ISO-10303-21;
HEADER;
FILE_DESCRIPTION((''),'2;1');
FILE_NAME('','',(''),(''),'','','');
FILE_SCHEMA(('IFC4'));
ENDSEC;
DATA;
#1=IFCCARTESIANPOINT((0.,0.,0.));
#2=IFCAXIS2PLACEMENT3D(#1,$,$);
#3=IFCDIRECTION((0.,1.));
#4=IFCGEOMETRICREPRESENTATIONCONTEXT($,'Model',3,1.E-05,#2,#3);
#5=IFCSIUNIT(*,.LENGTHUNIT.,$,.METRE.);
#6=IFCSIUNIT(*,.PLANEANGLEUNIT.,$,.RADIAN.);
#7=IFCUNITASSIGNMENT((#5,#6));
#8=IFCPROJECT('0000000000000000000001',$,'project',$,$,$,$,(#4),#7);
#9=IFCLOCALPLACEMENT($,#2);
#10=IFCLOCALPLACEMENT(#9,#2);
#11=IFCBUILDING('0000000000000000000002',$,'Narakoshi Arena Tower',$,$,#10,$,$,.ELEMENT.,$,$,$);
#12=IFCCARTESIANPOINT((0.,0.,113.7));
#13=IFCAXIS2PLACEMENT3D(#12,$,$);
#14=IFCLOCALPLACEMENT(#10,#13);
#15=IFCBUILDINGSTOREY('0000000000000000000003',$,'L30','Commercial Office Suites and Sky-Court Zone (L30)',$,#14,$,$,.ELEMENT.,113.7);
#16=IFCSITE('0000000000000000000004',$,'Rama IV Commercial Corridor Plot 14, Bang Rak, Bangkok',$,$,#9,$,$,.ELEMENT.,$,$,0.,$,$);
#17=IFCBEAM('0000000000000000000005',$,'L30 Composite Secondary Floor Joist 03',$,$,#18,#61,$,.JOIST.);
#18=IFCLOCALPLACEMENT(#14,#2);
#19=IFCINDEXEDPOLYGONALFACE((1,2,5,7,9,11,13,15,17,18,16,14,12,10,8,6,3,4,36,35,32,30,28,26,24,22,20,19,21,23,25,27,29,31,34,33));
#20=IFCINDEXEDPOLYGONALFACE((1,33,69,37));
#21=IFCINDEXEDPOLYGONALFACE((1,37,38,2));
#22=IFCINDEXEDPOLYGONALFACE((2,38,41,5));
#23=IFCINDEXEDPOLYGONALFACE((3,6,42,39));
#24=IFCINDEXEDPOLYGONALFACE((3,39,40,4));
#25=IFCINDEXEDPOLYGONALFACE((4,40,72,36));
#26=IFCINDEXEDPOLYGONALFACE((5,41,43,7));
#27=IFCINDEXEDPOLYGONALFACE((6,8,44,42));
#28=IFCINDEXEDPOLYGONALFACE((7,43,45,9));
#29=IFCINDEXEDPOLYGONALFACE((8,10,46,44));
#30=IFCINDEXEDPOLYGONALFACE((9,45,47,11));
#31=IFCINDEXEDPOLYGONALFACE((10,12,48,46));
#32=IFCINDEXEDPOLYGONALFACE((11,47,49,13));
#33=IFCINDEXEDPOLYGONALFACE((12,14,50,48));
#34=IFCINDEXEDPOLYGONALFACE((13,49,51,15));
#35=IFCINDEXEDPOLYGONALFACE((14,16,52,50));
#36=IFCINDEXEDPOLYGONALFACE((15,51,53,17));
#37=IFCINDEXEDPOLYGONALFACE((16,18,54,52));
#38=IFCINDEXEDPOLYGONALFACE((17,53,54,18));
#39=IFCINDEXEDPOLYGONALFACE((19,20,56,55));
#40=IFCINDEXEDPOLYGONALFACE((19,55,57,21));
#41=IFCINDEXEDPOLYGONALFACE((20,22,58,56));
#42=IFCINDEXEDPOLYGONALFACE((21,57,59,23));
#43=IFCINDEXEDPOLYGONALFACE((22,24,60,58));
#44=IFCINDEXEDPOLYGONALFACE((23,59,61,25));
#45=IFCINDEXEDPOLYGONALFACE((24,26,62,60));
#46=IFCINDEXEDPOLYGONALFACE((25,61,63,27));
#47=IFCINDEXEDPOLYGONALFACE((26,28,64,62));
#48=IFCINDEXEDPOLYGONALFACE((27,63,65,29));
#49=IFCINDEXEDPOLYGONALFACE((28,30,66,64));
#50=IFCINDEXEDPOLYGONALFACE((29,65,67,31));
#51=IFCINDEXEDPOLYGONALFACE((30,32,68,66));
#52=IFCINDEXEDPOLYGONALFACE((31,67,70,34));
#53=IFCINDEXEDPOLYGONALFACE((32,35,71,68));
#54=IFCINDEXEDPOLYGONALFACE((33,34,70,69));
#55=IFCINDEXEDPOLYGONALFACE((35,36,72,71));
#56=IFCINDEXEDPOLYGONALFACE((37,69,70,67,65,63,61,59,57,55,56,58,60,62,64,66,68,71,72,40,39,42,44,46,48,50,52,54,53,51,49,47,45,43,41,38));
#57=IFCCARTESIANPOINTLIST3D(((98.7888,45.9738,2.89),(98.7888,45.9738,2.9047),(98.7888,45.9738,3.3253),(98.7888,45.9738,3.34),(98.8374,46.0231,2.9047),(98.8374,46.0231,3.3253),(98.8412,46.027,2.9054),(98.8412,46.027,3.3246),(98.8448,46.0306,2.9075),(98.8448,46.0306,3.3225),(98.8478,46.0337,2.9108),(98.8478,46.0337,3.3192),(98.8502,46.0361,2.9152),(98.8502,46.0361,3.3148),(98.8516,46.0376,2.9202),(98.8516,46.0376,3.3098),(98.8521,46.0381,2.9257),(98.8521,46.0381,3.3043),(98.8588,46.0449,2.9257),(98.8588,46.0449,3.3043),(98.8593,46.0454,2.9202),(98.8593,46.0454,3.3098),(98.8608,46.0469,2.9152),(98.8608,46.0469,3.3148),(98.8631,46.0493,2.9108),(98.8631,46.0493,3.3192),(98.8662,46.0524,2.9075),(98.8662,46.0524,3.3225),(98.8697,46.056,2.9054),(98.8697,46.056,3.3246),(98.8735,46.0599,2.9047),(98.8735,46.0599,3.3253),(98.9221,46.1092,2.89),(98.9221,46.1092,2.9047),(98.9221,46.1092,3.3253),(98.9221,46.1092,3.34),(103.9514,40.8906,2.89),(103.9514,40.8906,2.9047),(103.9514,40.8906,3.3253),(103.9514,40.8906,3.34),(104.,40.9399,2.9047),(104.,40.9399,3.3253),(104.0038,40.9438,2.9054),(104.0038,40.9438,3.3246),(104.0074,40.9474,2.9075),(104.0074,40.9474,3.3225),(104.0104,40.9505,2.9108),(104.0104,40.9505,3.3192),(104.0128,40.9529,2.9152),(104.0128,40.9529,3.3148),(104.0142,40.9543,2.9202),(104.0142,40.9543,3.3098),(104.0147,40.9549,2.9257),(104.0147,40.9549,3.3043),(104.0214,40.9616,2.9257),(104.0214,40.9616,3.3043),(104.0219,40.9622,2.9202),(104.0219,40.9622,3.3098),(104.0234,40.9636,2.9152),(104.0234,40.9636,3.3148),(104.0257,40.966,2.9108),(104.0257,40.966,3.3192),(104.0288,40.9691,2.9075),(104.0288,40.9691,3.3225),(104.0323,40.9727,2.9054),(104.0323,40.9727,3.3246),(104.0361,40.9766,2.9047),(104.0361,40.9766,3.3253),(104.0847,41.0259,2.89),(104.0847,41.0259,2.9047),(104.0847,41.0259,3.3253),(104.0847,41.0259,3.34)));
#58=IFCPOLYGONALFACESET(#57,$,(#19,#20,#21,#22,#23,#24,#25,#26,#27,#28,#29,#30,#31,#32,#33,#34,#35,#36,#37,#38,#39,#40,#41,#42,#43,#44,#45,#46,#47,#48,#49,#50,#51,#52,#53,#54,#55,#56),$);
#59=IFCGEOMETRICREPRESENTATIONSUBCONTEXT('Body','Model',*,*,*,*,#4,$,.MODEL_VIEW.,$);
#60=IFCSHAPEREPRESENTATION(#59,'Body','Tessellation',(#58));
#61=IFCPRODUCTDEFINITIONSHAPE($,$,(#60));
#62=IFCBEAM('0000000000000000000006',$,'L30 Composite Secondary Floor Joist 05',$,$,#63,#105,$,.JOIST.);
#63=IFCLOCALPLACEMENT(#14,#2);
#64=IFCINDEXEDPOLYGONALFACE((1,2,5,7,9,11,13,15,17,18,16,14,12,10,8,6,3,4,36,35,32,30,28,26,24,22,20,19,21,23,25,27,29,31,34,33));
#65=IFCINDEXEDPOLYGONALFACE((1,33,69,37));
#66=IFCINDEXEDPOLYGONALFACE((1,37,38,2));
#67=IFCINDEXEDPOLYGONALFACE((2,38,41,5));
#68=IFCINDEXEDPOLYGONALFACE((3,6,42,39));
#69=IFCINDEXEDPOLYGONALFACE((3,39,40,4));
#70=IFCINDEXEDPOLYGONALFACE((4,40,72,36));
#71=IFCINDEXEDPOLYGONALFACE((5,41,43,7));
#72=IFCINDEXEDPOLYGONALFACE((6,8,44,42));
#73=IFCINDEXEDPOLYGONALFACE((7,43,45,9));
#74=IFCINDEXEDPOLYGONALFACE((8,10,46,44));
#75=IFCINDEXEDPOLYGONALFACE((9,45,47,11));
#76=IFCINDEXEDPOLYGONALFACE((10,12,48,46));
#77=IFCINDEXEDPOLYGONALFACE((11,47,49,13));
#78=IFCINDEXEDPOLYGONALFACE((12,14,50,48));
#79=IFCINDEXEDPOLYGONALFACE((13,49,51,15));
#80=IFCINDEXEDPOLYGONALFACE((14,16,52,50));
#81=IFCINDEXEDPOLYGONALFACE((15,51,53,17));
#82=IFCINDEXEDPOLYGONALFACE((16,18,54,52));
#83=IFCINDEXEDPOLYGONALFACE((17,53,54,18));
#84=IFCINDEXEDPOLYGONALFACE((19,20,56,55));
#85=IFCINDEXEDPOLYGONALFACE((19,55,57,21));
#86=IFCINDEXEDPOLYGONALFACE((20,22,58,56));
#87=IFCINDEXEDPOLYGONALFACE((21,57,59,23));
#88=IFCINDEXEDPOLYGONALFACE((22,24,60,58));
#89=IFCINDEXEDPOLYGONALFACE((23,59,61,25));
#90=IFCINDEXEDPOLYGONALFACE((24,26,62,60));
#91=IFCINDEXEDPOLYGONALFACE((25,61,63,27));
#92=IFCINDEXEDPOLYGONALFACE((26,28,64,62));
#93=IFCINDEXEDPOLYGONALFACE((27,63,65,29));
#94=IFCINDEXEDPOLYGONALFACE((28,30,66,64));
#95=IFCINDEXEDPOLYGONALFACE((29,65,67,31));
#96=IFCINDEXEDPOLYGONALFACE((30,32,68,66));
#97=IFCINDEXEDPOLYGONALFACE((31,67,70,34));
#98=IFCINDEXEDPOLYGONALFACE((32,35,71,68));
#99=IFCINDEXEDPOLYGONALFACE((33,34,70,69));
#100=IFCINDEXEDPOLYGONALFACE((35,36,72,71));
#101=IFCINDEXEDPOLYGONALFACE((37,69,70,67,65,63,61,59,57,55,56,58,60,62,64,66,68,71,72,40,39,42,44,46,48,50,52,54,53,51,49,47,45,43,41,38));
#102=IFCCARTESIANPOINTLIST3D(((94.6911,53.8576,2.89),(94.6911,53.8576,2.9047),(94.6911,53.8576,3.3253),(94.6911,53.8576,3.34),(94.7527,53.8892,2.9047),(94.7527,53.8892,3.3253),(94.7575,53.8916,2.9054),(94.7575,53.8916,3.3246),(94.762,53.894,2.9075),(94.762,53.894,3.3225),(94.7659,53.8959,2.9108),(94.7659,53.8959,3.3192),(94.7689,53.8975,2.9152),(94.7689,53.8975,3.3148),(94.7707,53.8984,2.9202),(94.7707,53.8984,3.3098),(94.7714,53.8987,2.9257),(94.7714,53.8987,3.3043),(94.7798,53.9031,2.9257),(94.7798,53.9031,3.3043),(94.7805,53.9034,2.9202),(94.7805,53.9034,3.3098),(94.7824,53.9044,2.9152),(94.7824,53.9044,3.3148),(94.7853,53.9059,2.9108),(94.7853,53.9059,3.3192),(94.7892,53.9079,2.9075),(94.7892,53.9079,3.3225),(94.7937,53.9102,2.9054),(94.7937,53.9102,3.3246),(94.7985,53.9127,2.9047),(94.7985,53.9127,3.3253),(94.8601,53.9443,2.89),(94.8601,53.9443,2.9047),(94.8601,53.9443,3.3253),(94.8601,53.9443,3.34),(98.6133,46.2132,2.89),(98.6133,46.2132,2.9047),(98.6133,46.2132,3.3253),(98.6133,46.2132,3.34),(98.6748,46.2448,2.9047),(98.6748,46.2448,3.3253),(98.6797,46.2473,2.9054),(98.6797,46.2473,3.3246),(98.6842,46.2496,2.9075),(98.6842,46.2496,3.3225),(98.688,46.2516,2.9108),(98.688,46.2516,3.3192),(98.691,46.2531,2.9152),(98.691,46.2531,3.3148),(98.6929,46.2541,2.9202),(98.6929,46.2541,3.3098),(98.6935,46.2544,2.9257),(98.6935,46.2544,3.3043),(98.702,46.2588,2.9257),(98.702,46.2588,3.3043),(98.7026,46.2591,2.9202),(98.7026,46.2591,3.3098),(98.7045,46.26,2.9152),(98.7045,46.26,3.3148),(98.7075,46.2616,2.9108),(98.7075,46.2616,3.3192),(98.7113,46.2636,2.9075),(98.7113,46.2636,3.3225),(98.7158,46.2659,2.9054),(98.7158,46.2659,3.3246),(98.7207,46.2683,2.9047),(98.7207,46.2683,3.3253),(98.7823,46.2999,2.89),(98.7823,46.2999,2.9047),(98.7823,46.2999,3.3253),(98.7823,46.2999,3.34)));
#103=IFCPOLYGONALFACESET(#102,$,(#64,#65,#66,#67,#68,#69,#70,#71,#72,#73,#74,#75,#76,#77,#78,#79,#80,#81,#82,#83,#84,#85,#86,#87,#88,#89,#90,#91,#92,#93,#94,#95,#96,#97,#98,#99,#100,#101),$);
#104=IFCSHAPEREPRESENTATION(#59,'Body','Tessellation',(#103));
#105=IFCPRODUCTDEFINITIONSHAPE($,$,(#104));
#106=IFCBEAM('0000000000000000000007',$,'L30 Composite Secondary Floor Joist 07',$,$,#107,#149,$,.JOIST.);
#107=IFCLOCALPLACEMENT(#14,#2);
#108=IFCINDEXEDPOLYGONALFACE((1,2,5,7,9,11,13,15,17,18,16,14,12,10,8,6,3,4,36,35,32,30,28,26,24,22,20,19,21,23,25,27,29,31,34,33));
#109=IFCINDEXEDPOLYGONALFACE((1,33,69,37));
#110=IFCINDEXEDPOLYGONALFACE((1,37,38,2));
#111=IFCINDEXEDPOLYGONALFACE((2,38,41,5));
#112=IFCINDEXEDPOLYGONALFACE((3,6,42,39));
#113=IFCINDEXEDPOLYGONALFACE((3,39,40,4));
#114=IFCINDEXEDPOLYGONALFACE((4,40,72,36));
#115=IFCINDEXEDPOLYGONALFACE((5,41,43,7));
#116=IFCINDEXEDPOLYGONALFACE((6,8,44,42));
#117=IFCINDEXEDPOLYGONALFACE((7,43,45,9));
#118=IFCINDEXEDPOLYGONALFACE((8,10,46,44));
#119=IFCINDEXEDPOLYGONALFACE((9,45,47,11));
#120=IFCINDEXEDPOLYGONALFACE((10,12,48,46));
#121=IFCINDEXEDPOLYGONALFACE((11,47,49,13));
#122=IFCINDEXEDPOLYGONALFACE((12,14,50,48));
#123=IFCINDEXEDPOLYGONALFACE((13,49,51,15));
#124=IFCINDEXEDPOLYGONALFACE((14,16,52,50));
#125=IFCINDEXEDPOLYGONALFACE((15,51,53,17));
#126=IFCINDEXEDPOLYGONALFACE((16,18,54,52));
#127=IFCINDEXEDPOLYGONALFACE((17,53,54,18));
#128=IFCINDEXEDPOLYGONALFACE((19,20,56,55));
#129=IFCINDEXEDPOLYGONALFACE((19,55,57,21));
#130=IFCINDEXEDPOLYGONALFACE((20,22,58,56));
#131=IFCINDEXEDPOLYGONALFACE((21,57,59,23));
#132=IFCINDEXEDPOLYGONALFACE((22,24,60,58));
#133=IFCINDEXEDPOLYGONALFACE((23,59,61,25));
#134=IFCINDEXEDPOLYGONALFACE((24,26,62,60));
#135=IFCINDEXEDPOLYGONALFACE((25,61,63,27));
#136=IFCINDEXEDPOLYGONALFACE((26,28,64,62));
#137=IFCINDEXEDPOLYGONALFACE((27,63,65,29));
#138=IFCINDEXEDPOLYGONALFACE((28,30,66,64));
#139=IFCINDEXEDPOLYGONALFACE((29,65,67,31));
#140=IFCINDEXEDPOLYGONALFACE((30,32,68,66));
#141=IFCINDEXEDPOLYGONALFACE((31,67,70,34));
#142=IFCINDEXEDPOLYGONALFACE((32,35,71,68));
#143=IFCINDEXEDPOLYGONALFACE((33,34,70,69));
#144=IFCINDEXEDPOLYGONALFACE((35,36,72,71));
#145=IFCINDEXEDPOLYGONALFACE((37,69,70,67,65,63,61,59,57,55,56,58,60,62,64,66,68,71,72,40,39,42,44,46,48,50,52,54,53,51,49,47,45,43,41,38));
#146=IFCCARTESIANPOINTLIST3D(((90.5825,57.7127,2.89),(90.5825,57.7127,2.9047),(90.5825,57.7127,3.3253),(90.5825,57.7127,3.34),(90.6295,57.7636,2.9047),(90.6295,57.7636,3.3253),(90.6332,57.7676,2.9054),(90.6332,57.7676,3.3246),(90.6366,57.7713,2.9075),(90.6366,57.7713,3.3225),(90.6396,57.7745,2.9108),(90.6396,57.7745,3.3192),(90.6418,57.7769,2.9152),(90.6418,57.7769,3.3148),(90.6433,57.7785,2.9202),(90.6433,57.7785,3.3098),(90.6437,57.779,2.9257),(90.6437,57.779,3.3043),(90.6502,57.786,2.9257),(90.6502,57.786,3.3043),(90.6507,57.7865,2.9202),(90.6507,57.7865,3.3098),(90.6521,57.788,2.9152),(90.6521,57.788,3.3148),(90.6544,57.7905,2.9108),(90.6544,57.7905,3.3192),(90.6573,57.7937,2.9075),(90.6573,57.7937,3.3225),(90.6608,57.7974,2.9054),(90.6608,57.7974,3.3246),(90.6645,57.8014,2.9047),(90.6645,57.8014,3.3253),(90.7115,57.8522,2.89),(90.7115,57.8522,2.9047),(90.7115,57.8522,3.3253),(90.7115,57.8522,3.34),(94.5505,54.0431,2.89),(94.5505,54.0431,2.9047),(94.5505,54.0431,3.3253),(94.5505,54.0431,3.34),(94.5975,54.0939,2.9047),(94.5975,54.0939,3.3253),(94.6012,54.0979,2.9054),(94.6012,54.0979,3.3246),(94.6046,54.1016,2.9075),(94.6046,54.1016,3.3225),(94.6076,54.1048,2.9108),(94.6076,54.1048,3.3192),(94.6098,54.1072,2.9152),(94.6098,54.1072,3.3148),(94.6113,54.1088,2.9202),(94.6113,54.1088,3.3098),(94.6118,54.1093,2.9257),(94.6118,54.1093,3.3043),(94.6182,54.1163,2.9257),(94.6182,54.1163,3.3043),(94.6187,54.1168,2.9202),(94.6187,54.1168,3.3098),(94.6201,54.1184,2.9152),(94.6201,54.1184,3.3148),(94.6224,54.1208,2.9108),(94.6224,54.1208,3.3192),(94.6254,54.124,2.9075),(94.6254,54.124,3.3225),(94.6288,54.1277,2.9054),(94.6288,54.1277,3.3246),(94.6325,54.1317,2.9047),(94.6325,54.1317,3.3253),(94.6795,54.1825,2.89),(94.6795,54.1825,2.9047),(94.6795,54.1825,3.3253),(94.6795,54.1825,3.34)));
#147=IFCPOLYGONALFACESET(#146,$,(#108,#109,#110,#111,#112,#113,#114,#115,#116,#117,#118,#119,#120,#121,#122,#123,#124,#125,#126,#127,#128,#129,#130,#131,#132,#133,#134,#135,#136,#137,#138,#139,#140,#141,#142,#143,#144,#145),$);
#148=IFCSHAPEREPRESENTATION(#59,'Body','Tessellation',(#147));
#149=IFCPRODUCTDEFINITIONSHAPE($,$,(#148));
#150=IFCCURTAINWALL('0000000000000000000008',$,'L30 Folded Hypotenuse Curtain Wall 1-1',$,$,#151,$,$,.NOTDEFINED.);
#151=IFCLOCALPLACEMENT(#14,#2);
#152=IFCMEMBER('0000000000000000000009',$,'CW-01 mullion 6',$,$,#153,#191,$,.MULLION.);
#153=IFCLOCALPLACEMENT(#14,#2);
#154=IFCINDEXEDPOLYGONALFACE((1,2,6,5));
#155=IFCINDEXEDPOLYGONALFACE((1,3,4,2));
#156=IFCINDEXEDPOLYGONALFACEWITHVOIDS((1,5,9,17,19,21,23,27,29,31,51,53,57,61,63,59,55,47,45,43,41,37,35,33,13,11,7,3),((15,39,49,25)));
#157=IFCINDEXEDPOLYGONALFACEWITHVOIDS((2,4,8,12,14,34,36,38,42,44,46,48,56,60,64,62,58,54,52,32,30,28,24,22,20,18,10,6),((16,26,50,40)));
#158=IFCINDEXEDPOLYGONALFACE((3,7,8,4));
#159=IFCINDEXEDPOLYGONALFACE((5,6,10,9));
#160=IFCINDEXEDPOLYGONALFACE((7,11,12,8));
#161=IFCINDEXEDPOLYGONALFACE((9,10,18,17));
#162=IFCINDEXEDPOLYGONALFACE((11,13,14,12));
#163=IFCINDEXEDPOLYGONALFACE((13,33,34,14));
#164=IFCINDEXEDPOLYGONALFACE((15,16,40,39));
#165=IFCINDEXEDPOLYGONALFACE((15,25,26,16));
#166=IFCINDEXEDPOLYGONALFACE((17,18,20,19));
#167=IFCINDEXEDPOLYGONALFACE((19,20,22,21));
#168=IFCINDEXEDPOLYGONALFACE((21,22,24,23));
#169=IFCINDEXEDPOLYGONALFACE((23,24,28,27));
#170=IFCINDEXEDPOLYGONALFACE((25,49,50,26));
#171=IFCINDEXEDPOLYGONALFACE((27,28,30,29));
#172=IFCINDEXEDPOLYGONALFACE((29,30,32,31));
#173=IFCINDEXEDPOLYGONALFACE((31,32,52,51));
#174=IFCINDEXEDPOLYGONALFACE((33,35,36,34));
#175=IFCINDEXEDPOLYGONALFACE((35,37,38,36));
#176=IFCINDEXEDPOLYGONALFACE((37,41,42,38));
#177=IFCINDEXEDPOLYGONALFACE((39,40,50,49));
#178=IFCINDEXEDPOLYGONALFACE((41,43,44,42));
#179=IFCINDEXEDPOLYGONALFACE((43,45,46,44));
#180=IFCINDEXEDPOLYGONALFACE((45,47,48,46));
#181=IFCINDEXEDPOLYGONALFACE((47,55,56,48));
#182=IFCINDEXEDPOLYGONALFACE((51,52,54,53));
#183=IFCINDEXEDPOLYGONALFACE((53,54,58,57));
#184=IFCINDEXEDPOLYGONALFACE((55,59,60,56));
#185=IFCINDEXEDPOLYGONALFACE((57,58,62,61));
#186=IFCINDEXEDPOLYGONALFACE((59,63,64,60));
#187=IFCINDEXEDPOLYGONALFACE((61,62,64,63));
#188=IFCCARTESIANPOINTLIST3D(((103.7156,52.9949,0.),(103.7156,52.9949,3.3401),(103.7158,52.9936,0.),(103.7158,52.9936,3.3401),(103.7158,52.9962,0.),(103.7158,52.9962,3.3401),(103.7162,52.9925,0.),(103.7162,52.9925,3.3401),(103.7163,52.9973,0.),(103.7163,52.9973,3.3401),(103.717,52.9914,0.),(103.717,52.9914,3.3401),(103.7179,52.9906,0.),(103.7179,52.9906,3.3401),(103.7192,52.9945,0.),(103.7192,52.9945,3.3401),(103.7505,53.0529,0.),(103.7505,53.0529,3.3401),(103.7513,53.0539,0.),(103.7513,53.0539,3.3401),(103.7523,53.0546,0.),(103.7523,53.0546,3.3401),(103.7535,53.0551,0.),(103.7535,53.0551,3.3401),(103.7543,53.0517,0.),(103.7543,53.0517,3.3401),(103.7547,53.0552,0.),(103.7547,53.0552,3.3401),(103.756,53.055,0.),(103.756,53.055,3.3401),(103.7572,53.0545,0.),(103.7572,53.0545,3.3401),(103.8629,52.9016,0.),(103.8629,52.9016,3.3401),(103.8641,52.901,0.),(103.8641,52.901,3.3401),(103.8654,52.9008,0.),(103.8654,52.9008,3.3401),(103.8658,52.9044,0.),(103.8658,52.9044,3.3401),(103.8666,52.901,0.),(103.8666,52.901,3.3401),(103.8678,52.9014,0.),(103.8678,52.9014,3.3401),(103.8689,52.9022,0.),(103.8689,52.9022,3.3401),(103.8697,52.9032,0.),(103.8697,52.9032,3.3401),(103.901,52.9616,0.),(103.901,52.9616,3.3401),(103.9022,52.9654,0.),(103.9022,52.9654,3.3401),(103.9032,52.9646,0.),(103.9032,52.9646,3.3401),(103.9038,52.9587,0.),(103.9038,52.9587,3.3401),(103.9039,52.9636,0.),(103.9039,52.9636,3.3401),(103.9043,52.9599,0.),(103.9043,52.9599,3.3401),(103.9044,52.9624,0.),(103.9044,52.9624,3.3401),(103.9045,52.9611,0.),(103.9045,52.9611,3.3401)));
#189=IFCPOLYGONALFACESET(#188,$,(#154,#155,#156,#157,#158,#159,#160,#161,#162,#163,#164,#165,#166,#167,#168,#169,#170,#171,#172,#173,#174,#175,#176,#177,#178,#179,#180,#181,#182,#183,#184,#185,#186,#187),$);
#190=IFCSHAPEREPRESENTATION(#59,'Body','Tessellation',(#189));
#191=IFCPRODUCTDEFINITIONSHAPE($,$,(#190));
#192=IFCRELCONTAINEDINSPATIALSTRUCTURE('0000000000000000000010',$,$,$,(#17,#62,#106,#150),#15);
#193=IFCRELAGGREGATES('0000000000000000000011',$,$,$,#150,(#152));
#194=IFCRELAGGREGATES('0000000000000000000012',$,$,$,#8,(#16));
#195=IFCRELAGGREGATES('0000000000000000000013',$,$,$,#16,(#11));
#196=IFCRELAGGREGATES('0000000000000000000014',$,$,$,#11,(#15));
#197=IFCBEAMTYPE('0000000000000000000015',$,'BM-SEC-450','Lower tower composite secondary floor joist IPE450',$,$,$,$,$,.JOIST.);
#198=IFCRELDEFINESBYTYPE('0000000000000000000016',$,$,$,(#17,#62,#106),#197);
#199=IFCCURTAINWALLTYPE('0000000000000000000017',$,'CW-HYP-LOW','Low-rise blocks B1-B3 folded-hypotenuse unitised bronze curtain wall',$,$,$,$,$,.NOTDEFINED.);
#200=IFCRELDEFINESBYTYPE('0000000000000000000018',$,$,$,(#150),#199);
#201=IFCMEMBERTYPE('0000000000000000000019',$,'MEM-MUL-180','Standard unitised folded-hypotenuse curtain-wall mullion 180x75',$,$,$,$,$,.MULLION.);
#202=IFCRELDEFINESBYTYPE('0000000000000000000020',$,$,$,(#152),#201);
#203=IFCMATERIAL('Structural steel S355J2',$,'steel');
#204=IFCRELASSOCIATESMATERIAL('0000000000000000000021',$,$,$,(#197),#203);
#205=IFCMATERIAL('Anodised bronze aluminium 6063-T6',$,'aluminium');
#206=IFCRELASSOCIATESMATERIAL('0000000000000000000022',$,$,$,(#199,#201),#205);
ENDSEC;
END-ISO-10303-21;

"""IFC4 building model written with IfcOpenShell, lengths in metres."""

from ifc_helpers import new_model, si_unit, direction, frame, origin, origin_2d, place, context, subcontext, project, spatial, hollow_rectangle, i_section, extrude, material, material_profile, profile_set, type_object, element, aggregate, save


model = new_model("IFC4")

# Units and contexts
model_context = context("Model", 3, precision=1e-05, world=origin(), true_north=direction((0.0, 1.0)))
body_context = subcontext(model_context, "Body", "Model", "MODEL_VIEW")
ifc_project = project(units=[si_unit("LENGTHUNIT", "METRE"), si_unit("PLANEANGLEUNIT", "RADIAN")], contexts=[model_context])

# Site, building, storey
site_placement = place(None, origin())
site = spatial("IfcSite", under=ifc_project, at=site_placement, Name="Rama IV Commercial Corridor Plot 14, Bang Rak, Bangkok", CompositionType="ELEMENT", RefElevation=0.0)
building_placement = place(site_placement, origin())
building = spatial("IfcBuilding", under=site, at=building_placement, Name="Narakoshi Arena Tower", CompositionType="ELEMENT")
storey_placement = place(building_placement, frame((0.0, 0.0, 113.7)))
storey = spatial("IfcBuildingStorey", under=building, at=storey_placement, Name="L30", Description="Commercial Office Suites and Sky-Court Zone (L30)", CompositionType="ELEMENT", Elevation=113.7)

# Beams
ifc_material_1 = material(Name="Structural steel S355J2", Category="steel")
ifc_material_profile_1 = material_profile(ifc_material_1, i_section(OverallWidth=0.1899, OverallDepth=0.45, WebThickness=0.0095, FlangeThickness=0.0146, FilletRadius=0.021, at=origin_2d()), Name="IPE450")
ifc_profile_set_1 = profile_set([ifc_material_profile_1], Name="Structural steel S355J2")
beam_type_1 = type_object("IfcBeamType", Name="BM-SEC-450", Description="Lower tower composite secondary floor joist IPE450", PredefinedType="JOIST", material=ifc_profile_set_1)
beam_1_placement = place(storey_placement, frame((104.0181, 40.9583, 3.115), z_axis=(-0.712561, 0.70161, 0.0), x_axis=(-0.70161, -0.712561, 0.0)))
element("IfcBeam", 1, at=beam_1_placement, inside=storey, type_object=beam_type_1, Name="L30 Composite Secondary Floor Joist 03", PredefinedType="JOIST", context=body_context, shape_type="SweptSolid", body=[
    extrude(i_section(OverallWidth=0.1899, OverallDepth=0.45, WebThickness=0.0095, FlangeThickness=0.0146, FilletRadius=0.021, at=origin_2d()), origin(), (0.0, 0.0, 1.0), 7.2451),
])
beam_2_placement = place(storey_placement, frame((98.6978, 46.2566, 3.115), z_axis=(-0.456498, 0.889724, 0.0), x_axis=(-0.889724, -0.456498, 0.0)))
element("IfcBeam", 2, at=beam_2_placement, inside=storey, type_object=beam_type_1, Name="L30 Composite Secondary Floor Joist 05", PredefinedType="JOIST", context=body_context, shape_type="SweptSolid", body=[
    extrude(i_section(OverallWidth=0.1899, OverallDepth=0.45, WebThickness=0.0095, FlangeThickness=0.0146, FilletRadius=0.021, at=origin_2d()), origin(), (0.0, 0.0, 1.0), 8.5918),
])
beam_3_placement = place(storey_placement, frame((94.615, 54.1128, 3.115), z_axis=(-0.734168, 0.678968, 0.0), x_axis=(-0.678968, -0.734168, 0.0)))
element("IfcBeam", 3, at=beam_3_placement, inside=storey, type_object=beam_type_1, Name="L30 Composite Secondary Floor Joist 07", PredefinedType="JOIST", context=body_context, shape_type="SweptSolid", body=[
    extrude(i_section(OverallWidth=0.1899, OverallDepth=0.45, WebThickness=0.0095, FlangeThickness=0.0146, FilletRadius=0.021, at=origin_2d()), origin(), (0.0, 0.0, 1.0), 5.4048),
])

# Curtain wall, member
ifc_material_2 = material(Name="Anodised bronze aluminium 6063-T6", Category="aluminium")
curtain_wall_type = type_object("IfcCurtainWallType", Name="CW-HYP-LOW", Description="Low-rise blocks B1-B3 folded-hypotenuse unitised bronze curtain wall", PredefinedType="NOTDEFINED", material=ifc_material_2)
curtain_wall_placement = place(storey_placement, origin())
curtain_wall = element("IfcCurtainWall", 4, at=curtain_wall_placement, inside=storey, type_object=curtain_wall_type, Name="L30 Folded Hypotenuse Curtain Wall 1-1", PredefinedType="NOTDEFINED")
ifc_material_profile_2 = material_profile(ifc_material_2, hollow_rectangle(XDim=0.075, YDim=0.1799, WallThickness=0.0039, OuterFilletRadius=0.0049, at=origin_2d()), Name="MUL180x75x4")
ifc_profile_set_2 = profile_set([ifc_material_profile_2], Name="Anodised bronze aluminium 6063-T6")
member_type_1 = type_object("IfcMemberType", Name="MEM-MUL-180", Description="Standard unitised folded-hypotenuse curtain-wall mullion 180x75", PredefinedType="MULLION", material=ifc_profile_set_2)
member_1_placement = place(storey_placement, frame((103.8101, 52.978, 0.0), z_axis=(0.0, 0.0, 1.0), x_axis=(-0.523358, -0.852113, 0.0)))
member_1 = element("IfcMember", 5, at=member_1_placement, type_object=member_type_1, Name="CW-01 mullion 6", PredefinedType="MULLION", context=body_context, shape_type="SweptSolid", body=[
    extrude(hollow_rectangle(XDim=0.075, YDim=0.1799, WallThickness=0.0039, OuterFilletRadius=0.0049, at=origin_2d()), origin(), (0.0, 0.0, 1.0), 3.3401),
])
aggregate(curtain_wall, [member_1])

save(model, "model.ifc")
